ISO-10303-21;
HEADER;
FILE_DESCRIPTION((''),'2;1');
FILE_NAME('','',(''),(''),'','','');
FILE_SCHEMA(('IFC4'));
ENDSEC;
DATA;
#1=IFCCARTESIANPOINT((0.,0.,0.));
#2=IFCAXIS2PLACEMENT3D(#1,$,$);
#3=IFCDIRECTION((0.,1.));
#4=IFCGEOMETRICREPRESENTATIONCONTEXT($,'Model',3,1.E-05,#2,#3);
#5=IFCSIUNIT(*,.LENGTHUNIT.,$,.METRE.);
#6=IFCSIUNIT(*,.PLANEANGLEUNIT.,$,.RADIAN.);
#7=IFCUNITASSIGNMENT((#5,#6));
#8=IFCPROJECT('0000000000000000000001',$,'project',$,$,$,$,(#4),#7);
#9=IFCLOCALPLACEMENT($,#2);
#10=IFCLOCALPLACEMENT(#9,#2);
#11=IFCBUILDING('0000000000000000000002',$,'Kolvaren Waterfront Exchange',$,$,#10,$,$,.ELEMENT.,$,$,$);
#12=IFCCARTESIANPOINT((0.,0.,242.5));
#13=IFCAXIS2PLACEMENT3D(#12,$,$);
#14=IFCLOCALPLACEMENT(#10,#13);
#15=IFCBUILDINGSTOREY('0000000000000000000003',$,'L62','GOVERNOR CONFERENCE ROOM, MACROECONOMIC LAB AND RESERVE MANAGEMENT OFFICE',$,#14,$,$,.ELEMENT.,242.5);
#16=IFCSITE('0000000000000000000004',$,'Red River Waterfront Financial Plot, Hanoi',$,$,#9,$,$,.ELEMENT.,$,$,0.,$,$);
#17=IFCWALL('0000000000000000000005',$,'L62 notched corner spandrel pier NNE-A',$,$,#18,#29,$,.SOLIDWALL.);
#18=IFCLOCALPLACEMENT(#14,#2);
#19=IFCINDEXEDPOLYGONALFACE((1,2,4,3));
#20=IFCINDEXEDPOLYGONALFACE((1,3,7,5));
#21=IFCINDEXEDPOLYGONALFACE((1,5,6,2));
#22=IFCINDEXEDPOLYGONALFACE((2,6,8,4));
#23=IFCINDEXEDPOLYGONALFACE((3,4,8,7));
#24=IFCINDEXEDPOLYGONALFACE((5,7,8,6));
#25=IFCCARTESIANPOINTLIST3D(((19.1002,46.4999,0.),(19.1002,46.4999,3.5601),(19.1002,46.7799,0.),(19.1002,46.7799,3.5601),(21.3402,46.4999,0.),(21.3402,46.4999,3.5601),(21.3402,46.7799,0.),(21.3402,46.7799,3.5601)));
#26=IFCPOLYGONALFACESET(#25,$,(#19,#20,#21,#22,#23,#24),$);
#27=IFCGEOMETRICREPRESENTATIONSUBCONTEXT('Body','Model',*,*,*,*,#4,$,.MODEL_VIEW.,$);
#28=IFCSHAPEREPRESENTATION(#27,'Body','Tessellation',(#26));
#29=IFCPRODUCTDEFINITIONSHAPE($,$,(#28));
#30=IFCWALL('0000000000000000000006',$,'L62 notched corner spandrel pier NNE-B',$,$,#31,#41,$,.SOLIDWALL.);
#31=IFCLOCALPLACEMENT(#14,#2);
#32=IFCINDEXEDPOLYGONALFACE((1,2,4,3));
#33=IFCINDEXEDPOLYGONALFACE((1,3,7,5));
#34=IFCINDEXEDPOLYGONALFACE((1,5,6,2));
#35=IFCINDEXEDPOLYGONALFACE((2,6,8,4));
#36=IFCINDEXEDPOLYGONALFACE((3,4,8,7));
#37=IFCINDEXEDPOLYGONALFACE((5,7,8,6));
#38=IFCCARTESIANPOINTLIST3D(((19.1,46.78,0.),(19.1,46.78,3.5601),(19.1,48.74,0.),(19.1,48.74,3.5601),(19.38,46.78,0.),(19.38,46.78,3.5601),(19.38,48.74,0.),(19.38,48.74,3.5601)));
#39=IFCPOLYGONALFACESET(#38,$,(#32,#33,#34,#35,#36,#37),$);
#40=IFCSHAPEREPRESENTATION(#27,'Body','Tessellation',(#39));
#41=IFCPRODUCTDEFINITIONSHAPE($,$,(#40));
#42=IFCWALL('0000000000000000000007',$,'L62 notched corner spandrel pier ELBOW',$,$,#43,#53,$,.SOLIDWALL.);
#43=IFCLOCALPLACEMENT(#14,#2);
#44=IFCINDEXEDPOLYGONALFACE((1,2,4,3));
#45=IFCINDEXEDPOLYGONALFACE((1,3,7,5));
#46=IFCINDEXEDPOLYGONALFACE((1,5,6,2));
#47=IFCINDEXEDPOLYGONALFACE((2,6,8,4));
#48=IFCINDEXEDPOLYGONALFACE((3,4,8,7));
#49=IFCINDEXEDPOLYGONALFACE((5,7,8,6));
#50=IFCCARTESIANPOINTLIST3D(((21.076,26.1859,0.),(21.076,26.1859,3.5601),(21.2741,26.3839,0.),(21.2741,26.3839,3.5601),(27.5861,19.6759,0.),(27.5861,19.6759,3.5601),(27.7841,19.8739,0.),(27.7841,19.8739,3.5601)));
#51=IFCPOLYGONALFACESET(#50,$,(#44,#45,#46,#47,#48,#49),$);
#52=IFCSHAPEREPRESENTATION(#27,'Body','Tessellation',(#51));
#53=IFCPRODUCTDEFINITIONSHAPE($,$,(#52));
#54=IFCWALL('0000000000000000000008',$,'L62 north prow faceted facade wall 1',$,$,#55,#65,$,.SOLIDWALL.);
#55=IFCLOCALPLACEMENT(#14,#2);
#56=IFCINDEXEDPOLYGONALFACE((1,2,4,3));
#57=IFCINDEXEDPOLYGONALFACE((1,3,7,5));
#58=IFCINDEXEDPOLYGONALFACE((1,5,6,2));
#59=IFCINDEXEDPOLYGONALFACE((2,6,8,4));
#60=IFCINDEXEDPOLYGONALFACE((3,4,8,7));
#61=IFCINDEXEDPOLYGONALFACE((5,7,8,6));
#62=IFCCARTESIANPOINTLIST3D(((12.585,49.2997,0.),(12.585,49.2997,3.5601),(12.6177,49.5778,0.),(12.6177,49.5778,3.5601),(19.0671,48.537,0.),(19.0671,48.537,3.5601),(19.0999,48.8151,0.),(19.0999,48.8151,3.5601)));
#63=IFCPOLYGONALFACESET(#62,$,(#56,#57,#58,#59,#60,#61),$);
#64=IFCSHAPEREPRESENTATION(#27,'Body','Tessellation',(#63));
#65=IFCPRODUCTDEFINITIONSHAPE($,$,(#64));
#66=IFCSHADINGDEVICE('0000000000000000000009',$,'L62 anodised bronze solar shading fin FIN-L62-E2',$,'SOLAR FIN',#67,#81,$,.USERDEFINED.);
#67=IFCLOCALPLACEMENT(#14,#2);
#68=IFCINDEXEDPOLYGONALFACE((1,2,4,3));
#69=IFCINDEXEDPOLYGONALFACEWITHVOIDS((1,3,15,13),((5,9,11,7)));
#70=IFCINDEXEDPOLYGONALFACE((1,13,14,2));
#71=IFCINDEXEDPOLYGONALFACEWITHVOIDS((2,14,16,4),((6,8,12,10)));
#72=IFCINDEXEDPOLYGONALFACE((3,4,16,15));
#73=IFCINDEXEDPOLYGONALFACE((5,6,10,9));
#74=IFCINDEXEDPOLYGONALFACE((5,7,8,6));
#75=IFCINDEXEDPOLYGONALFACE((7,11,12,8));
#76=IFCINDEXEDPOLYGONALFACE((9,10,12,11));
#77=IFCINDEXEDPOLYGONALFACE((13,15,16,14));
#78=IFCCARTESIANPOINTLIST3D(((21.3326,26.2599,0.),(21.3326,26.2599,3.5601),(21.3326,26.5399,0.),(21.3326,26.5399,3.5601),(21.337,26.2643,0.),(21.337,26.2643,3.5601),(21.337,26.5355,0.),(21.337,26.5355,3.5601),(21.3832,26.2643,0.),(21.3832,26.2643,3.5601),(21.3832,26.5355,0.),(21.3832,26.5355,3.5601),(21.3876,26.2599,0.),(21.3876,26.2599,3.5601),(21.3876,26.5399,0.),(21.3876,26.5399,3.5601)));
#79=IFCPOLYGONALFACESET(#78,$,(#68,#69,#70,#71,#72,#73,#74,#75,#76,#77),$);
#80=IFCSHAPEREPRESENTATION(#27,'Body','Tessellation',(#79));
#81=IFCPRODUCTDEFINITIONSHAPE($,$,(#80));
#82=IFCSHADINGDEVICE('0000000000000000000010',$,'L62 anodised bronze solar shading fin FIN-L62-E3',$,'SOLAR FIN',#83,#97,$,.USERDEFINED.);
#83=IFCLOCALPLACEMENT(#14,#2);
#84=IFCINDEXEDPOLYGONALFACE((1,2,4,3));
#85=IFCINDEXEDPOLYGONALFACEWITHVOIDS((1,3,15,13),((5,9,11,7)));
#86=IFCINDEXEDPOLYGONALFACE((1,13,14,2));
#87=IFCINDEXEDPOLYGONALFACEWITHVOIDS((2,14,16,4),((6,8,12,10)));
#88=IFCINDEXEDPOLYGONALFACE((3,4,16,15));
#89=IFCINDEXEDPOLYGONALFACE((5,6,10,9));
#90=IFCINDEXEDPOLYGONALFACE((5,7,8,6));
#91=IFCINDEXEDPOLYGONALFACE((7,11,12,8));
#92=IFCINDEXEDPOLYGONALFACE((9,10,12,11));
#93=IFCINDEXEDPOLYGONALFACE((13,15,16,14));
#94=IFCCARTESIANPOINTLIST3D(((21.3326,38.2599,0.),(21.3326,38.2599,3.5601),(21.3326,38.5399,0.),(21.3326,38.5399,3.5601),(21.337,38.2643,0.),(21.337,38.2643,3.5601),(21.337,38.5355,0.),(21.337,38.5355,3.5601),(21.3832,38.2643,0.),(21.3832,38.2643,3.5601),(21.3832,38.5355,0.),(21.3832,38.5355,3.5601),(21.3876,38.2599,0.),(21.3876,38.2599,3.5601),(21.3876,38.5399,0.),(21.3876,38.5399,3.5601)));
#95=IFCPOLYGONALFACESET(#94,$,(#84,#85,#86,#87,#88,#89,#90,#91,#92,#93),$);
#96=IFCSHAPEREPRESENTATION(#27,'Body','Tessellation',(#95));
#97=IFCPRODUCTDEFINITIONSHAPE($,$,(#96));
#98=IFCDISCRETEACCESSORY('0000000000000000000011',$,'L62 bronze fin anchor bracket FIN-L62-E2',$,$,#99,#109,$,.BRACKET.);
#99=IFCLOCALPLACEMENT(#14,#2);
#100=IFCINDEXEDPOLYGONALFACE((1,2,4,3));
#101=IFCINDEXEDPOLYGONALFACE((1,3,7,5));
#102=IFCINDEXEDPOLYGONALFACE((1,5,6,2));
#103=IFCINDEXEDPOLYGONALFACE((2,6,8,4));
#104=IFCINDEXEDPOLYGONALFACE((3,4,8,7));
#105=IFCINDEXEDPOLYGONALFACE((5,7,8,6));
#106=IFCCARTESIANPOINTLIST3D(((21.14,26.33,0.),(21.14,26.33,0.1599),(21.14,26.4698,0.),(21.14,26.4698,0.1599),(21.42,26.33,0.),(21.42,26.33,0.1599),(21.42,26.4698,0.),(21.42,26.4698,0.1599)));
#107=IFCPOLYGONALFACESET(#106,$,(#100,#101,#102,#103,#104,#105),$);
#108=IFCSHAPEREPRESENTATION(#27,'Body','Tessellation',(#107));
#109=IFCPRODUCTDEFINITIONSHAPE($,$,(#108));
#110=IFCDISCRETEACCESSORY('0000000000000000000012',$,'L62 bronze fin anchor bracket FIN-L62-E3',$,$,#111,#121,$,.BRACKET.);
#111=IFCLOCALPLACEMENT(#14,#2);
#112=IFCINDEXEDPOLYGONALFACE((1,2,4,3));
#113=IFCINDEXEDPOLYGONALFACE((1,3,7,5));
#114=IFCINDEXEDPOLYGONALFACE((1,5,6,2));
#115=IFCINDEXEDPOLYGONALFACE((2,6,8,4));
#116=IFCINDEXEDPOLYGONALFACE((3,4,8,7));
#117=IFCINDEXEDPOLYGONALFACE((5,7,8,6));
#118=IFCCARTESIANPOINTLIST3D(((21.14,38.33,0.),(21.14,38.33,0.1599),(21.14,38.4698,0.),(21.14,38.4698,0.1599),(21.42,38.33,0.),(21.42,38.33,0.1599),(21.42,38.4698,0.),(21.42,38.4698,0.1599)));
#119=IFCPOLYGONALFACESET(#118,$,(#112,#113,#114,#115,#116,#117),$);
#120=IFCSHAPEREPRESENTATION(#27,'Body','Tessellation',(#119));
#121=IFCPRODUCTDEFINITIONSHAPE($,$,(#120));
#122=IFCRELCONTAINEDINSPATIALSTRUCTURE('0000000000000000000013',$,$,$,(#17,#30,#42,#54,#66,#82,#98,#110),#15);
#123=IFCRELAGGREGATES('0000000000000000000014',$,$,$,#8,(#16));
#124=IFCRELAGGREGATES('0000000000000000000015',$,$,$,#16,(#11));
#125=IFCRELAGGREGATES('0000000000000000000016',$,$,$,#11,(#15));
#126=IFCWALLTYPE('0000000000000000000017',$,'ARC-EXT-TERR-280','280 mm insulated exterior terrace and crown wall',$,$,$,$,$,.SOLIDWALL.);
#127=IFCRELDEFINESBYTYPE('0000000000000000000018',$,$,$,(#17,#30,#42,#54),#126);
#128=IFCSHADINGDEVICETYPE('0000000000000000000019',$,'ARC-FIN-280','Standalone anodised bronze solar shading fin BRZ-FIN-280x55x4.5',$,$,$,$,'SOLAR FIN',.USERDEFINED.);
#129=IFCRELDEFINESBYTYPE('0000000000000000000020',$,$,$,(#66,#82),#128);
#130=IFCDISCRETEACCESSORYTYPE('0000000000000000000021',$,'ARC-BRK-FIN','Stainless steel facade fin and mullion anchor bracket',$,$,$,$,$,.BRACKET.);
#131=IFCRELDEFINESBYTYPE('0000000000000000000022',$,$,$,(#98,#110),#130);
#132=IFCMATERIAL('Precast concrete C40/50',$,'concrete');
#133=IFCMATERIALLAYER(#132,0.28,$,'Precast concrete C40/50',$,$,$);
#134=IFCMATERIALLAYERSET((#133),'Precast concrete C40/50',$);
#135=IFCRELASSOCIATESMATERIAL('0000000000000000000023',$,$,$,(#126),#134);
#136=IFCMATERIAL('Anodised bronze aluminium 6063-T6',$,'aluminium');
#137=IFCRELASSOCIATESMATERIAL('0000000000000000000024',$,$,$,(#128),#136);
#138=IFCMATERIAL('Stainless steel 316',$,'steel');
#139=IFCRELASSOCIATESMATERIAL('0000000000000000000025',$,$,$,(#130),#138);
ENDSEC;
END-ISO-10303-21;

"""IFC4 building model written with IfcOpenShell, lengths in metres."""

from ifc_helpers import new_model, si_unit, direction, frame, frame_2d, origin, origin_with_axes, origin_2d, place, context, subcontext, project, spatial, rectangle, hollow_rectangle, extrude, source, transform, mapped, material, layer, layer_set, material_profile, profile_set, type_object, element, save


model = new_model("IFC4")

# Units and contexts
model_context = context("Model", 3, precision=1e-05, world=origin(), true_north=direction((0.0, 1.0)))
body_context = subcontext(model_context, "Body", "Model", "MODEL_VIEW")
ifc_project = project(units=[si_unit("LENGTHUNIT", "METRE"), si_unit("PLANEANGLEUNIT", "RADIAN")], contexts=[model_context])

# Site, building, storey
site_placement = place(None, origin())
site = spatial("IfcSite", under=ifc_project, at=site_placement, Name="Red River Waterfront Financial Plot, Hanoi", CompositionType="ELEMENT", RefElevation=0.0)
building_placement = place(site_placement, origin())
building = spatial("IfcBuilding", under=site, at=building_placement, Name="Kolvaren Waterfront Exchange", CompositionType="ELEMENT")
storey_placement = place(building_placement, frame((0.0, 0.0, 242.5)))
storey = spatial("IfcBuildingStorey", under=building, at=storey_placement, Name="L62", Description="GOVERNOR CONFERENCE ROOM, MACROECONOMIC LAB AND RESERVE MANAGEMENT OFFICE", CompositionType="ELEMENT", Elevation=242.5)

# Shared definitions
ifc_material_1 = material(Name="Anodised bronze aluminium 6063-T6", Category="aluminium")

# Walls
ifc_material_2 = material(Name="Precast concrete C40/50", Category="concrete")
ifc_layer_1 = layer(ifc_material_2, 0.28, Name="Precast concrete C40/50")
ifc_layer_set_1 = layer_set([ifc_layer_1], Name="Precast concrete C40/50")
wall_type = type_object("IfcWallType", Name="ARC-EXT-TERR-280", Description="280 mm insulated exterior terrace and crown wall", PredefinedType="SOLIDWALL", material=ifc_layer_set_1)
wall_1_placement = place(storey_placement, frame((19.1001, 46.6399, 0.0), z_axis=(0.0, 0.0, 1.0), x_axis=(1.0, 0.0, 0.0)))
element("IfcWall", 1, at=wall_1_placement, inside=storey, type_object=wall_type, Name="L62 notched corner spandrel pier NNE-A", PredefinedType="SOLIDWALL", context=body_context, shape_type="SweptSolid", body=[
    extrude(rectangle(XDim=2.24, YDim=0.28, at=frame_2d((1.1201, 0.0))), origin(), (0.0, 0.0, 1.0), 3.5601),
])
wall_2_placement = place(storey_placement, frame((19.24, 46.78, 0.0), z_axis=(0.0, 0.0, 1.0), x_axis=(0.0, 1.0, 0.0)))
element("IfcWall", 2, at=wall_2_placement, inside=storey, type_object=wall_type, Name="L62 notched corner spandrel pier NNE-B", PredefinedType="SOLIDWALL", context=body_context, shape_type="SweptSolid", body=[
    extrude(rectangle(XDim=1.96, YDim=0.28, at=frame_2d((0.98, 0.0))), origin(), (0.0, 0.0, 1.0), 3.5601),
])
wall_3_placement = place(storey_placement, frame((27.6851, 19.7749, 0.0), z_axis=(0.0, 0.0, 1.0), x_axis=(-0.707107, 0.707107, 0.0)))
element("IfcWall", 3, at=wall_3_placement, inside=storey, type_object=wall_type, Name="L62 notched corner spandrel pier ELBOW", PredefinedType="SOLIDWALL", context=body_context, shape_type="SweptSolid", body=[
    extrude(rectangle(XDim=9.2065, YDim=0.28, at=frame_2d((4.6033, 0.0))), origin(), (0.0, 0.0, 1.0), 3.5601),
])
wall_4_placement = place(storey_placement, frame((19.0835, 48.676, 0.0), z_axis=(0.0, 0.0, 1.0), x_axis=(-0.993149, 0.116854, 0.0)))
element("IfcWall", 4, at=wall_4_placement, inside=storey, type_object=wall_type, Name="L62 north prow faceted facade wall 1", PredefinedType="SOLIDWALL", context=body_context, shape_type="SweptSolid", body=[
    extrude(rectangle(XDim=6.5269, YDim=0.28, at=frame_2d((3.2634, 0.0))), origin(), (0.0, 0.0, 1.0), 3.5601),
])

# Shading devices
ifc_material_profile_1 = material_profile(ifc_material_1, hollow_rectangle(XDim=0.0549, YDim=0.28, WallThickness=0.0044, at=origin_2d()), Name="BRZ-FIN-280x55x4.5")
ifc_profile_set_1 = profile_set([ifc_material_profile_1], Name="Anodised bronze aluminium 6063-T6")
shading_device_type = type_object("IfcShadingDeviceType", Name="ARC-FIN-280", Description="Standalone anodised bronze solar shading fin BRZ-FIN-280x55x4.5", ElementType="SOLAR FIN", PredefinedType="USERDEFINED", material=ifc_profile_set_1)
for number, where, z_axis, x_axis, name in (
    (5, (21.3601, 26.3999, 0.0), (0.0, 0.0, 1.0), (1.0, 0.0, 0.0), "L62 anodised bronze solar shading fin FIN-L62-E2"),
    (6, (21.3601, 38.3999, 0.0), (0.0, 0.0, 1.0), (1.0, 0.0, 0.0), "L62 anodised bronze solar shading fin FIN-L62-E3"),
):
    element("IfcShadingDevice", number, at=place(storey_placement, frame(where, z_axis=z_axis, x_axis=x_axis)), inside=storey, type_object=shading_device_type, Name=name, ObjectType="SOLAR FIN", PredefinedType="USERDEFINED", context=body_context, shape_type="SweptSolid", body=[
        extrude(hollow_rectangle(XDim=0.0549, YDim=0.28, WallThickness=0.0044, at=origin_2d()), origin(), (0.0, 0.0, 1.0), 3.5601),
    ])

# Shared definitions
ifc_material_3 = material(Name="Stainless steel 316", Category="steel")

# Discrete accessories
discrete_accessory_type = type_object("IfcDiscreteAccessoryType", Name="ARC-BRK-FIN", Description="Stainless steel facade fin and mullion anchor bracket", PredefinedType="BRACKET", material=ifc_material_3)
shared_shape_1 = source(origin_with_axes(), body_context, "Body", "SweptSolid", [
    extrude(rectangle(XDim=0.28, YDim=0.1399, at=origin_2d()), origin(), (0.0, 0.0, 1.0), 0.1599),
])
for number, where, z_axis, x_axis, name in (
    (7, (21.28, 26.3999, 0.0), (0.0, 0.0, 1.0), (1.0, 0.0, 0.0), "L62 bronze fin anchor bracket FIN-L62-E2"),
    (8, (21.28, 38.3999, 0.0), (0.0, 0.0, 1.0), (1.0, 0.0, 0.0), "L62 bronze fin anchor bracket FIN-L62-E3"),
):
    element("IfcDiscreteAccessory", number, at=place(storey_placement, frame(where, z_axis=z_axis, x_axis=x_axis)), inside=storey, type_object=discrete_accessory_type, Name=name, PredefinedType="BRACKET", context=body_context, shape_type="MappedRepresentation", body=[
        mapped(shared_shape_1, transform((0.0, 0.0, 0.0), x_axis=(1.0, 0.0, 0.0), y_axis=(0.0, 1.0, 0.0), z_axis=(0.0, 0.0, 1.0), scale=1.0)),
    ])

save(model, "model.ifc")
